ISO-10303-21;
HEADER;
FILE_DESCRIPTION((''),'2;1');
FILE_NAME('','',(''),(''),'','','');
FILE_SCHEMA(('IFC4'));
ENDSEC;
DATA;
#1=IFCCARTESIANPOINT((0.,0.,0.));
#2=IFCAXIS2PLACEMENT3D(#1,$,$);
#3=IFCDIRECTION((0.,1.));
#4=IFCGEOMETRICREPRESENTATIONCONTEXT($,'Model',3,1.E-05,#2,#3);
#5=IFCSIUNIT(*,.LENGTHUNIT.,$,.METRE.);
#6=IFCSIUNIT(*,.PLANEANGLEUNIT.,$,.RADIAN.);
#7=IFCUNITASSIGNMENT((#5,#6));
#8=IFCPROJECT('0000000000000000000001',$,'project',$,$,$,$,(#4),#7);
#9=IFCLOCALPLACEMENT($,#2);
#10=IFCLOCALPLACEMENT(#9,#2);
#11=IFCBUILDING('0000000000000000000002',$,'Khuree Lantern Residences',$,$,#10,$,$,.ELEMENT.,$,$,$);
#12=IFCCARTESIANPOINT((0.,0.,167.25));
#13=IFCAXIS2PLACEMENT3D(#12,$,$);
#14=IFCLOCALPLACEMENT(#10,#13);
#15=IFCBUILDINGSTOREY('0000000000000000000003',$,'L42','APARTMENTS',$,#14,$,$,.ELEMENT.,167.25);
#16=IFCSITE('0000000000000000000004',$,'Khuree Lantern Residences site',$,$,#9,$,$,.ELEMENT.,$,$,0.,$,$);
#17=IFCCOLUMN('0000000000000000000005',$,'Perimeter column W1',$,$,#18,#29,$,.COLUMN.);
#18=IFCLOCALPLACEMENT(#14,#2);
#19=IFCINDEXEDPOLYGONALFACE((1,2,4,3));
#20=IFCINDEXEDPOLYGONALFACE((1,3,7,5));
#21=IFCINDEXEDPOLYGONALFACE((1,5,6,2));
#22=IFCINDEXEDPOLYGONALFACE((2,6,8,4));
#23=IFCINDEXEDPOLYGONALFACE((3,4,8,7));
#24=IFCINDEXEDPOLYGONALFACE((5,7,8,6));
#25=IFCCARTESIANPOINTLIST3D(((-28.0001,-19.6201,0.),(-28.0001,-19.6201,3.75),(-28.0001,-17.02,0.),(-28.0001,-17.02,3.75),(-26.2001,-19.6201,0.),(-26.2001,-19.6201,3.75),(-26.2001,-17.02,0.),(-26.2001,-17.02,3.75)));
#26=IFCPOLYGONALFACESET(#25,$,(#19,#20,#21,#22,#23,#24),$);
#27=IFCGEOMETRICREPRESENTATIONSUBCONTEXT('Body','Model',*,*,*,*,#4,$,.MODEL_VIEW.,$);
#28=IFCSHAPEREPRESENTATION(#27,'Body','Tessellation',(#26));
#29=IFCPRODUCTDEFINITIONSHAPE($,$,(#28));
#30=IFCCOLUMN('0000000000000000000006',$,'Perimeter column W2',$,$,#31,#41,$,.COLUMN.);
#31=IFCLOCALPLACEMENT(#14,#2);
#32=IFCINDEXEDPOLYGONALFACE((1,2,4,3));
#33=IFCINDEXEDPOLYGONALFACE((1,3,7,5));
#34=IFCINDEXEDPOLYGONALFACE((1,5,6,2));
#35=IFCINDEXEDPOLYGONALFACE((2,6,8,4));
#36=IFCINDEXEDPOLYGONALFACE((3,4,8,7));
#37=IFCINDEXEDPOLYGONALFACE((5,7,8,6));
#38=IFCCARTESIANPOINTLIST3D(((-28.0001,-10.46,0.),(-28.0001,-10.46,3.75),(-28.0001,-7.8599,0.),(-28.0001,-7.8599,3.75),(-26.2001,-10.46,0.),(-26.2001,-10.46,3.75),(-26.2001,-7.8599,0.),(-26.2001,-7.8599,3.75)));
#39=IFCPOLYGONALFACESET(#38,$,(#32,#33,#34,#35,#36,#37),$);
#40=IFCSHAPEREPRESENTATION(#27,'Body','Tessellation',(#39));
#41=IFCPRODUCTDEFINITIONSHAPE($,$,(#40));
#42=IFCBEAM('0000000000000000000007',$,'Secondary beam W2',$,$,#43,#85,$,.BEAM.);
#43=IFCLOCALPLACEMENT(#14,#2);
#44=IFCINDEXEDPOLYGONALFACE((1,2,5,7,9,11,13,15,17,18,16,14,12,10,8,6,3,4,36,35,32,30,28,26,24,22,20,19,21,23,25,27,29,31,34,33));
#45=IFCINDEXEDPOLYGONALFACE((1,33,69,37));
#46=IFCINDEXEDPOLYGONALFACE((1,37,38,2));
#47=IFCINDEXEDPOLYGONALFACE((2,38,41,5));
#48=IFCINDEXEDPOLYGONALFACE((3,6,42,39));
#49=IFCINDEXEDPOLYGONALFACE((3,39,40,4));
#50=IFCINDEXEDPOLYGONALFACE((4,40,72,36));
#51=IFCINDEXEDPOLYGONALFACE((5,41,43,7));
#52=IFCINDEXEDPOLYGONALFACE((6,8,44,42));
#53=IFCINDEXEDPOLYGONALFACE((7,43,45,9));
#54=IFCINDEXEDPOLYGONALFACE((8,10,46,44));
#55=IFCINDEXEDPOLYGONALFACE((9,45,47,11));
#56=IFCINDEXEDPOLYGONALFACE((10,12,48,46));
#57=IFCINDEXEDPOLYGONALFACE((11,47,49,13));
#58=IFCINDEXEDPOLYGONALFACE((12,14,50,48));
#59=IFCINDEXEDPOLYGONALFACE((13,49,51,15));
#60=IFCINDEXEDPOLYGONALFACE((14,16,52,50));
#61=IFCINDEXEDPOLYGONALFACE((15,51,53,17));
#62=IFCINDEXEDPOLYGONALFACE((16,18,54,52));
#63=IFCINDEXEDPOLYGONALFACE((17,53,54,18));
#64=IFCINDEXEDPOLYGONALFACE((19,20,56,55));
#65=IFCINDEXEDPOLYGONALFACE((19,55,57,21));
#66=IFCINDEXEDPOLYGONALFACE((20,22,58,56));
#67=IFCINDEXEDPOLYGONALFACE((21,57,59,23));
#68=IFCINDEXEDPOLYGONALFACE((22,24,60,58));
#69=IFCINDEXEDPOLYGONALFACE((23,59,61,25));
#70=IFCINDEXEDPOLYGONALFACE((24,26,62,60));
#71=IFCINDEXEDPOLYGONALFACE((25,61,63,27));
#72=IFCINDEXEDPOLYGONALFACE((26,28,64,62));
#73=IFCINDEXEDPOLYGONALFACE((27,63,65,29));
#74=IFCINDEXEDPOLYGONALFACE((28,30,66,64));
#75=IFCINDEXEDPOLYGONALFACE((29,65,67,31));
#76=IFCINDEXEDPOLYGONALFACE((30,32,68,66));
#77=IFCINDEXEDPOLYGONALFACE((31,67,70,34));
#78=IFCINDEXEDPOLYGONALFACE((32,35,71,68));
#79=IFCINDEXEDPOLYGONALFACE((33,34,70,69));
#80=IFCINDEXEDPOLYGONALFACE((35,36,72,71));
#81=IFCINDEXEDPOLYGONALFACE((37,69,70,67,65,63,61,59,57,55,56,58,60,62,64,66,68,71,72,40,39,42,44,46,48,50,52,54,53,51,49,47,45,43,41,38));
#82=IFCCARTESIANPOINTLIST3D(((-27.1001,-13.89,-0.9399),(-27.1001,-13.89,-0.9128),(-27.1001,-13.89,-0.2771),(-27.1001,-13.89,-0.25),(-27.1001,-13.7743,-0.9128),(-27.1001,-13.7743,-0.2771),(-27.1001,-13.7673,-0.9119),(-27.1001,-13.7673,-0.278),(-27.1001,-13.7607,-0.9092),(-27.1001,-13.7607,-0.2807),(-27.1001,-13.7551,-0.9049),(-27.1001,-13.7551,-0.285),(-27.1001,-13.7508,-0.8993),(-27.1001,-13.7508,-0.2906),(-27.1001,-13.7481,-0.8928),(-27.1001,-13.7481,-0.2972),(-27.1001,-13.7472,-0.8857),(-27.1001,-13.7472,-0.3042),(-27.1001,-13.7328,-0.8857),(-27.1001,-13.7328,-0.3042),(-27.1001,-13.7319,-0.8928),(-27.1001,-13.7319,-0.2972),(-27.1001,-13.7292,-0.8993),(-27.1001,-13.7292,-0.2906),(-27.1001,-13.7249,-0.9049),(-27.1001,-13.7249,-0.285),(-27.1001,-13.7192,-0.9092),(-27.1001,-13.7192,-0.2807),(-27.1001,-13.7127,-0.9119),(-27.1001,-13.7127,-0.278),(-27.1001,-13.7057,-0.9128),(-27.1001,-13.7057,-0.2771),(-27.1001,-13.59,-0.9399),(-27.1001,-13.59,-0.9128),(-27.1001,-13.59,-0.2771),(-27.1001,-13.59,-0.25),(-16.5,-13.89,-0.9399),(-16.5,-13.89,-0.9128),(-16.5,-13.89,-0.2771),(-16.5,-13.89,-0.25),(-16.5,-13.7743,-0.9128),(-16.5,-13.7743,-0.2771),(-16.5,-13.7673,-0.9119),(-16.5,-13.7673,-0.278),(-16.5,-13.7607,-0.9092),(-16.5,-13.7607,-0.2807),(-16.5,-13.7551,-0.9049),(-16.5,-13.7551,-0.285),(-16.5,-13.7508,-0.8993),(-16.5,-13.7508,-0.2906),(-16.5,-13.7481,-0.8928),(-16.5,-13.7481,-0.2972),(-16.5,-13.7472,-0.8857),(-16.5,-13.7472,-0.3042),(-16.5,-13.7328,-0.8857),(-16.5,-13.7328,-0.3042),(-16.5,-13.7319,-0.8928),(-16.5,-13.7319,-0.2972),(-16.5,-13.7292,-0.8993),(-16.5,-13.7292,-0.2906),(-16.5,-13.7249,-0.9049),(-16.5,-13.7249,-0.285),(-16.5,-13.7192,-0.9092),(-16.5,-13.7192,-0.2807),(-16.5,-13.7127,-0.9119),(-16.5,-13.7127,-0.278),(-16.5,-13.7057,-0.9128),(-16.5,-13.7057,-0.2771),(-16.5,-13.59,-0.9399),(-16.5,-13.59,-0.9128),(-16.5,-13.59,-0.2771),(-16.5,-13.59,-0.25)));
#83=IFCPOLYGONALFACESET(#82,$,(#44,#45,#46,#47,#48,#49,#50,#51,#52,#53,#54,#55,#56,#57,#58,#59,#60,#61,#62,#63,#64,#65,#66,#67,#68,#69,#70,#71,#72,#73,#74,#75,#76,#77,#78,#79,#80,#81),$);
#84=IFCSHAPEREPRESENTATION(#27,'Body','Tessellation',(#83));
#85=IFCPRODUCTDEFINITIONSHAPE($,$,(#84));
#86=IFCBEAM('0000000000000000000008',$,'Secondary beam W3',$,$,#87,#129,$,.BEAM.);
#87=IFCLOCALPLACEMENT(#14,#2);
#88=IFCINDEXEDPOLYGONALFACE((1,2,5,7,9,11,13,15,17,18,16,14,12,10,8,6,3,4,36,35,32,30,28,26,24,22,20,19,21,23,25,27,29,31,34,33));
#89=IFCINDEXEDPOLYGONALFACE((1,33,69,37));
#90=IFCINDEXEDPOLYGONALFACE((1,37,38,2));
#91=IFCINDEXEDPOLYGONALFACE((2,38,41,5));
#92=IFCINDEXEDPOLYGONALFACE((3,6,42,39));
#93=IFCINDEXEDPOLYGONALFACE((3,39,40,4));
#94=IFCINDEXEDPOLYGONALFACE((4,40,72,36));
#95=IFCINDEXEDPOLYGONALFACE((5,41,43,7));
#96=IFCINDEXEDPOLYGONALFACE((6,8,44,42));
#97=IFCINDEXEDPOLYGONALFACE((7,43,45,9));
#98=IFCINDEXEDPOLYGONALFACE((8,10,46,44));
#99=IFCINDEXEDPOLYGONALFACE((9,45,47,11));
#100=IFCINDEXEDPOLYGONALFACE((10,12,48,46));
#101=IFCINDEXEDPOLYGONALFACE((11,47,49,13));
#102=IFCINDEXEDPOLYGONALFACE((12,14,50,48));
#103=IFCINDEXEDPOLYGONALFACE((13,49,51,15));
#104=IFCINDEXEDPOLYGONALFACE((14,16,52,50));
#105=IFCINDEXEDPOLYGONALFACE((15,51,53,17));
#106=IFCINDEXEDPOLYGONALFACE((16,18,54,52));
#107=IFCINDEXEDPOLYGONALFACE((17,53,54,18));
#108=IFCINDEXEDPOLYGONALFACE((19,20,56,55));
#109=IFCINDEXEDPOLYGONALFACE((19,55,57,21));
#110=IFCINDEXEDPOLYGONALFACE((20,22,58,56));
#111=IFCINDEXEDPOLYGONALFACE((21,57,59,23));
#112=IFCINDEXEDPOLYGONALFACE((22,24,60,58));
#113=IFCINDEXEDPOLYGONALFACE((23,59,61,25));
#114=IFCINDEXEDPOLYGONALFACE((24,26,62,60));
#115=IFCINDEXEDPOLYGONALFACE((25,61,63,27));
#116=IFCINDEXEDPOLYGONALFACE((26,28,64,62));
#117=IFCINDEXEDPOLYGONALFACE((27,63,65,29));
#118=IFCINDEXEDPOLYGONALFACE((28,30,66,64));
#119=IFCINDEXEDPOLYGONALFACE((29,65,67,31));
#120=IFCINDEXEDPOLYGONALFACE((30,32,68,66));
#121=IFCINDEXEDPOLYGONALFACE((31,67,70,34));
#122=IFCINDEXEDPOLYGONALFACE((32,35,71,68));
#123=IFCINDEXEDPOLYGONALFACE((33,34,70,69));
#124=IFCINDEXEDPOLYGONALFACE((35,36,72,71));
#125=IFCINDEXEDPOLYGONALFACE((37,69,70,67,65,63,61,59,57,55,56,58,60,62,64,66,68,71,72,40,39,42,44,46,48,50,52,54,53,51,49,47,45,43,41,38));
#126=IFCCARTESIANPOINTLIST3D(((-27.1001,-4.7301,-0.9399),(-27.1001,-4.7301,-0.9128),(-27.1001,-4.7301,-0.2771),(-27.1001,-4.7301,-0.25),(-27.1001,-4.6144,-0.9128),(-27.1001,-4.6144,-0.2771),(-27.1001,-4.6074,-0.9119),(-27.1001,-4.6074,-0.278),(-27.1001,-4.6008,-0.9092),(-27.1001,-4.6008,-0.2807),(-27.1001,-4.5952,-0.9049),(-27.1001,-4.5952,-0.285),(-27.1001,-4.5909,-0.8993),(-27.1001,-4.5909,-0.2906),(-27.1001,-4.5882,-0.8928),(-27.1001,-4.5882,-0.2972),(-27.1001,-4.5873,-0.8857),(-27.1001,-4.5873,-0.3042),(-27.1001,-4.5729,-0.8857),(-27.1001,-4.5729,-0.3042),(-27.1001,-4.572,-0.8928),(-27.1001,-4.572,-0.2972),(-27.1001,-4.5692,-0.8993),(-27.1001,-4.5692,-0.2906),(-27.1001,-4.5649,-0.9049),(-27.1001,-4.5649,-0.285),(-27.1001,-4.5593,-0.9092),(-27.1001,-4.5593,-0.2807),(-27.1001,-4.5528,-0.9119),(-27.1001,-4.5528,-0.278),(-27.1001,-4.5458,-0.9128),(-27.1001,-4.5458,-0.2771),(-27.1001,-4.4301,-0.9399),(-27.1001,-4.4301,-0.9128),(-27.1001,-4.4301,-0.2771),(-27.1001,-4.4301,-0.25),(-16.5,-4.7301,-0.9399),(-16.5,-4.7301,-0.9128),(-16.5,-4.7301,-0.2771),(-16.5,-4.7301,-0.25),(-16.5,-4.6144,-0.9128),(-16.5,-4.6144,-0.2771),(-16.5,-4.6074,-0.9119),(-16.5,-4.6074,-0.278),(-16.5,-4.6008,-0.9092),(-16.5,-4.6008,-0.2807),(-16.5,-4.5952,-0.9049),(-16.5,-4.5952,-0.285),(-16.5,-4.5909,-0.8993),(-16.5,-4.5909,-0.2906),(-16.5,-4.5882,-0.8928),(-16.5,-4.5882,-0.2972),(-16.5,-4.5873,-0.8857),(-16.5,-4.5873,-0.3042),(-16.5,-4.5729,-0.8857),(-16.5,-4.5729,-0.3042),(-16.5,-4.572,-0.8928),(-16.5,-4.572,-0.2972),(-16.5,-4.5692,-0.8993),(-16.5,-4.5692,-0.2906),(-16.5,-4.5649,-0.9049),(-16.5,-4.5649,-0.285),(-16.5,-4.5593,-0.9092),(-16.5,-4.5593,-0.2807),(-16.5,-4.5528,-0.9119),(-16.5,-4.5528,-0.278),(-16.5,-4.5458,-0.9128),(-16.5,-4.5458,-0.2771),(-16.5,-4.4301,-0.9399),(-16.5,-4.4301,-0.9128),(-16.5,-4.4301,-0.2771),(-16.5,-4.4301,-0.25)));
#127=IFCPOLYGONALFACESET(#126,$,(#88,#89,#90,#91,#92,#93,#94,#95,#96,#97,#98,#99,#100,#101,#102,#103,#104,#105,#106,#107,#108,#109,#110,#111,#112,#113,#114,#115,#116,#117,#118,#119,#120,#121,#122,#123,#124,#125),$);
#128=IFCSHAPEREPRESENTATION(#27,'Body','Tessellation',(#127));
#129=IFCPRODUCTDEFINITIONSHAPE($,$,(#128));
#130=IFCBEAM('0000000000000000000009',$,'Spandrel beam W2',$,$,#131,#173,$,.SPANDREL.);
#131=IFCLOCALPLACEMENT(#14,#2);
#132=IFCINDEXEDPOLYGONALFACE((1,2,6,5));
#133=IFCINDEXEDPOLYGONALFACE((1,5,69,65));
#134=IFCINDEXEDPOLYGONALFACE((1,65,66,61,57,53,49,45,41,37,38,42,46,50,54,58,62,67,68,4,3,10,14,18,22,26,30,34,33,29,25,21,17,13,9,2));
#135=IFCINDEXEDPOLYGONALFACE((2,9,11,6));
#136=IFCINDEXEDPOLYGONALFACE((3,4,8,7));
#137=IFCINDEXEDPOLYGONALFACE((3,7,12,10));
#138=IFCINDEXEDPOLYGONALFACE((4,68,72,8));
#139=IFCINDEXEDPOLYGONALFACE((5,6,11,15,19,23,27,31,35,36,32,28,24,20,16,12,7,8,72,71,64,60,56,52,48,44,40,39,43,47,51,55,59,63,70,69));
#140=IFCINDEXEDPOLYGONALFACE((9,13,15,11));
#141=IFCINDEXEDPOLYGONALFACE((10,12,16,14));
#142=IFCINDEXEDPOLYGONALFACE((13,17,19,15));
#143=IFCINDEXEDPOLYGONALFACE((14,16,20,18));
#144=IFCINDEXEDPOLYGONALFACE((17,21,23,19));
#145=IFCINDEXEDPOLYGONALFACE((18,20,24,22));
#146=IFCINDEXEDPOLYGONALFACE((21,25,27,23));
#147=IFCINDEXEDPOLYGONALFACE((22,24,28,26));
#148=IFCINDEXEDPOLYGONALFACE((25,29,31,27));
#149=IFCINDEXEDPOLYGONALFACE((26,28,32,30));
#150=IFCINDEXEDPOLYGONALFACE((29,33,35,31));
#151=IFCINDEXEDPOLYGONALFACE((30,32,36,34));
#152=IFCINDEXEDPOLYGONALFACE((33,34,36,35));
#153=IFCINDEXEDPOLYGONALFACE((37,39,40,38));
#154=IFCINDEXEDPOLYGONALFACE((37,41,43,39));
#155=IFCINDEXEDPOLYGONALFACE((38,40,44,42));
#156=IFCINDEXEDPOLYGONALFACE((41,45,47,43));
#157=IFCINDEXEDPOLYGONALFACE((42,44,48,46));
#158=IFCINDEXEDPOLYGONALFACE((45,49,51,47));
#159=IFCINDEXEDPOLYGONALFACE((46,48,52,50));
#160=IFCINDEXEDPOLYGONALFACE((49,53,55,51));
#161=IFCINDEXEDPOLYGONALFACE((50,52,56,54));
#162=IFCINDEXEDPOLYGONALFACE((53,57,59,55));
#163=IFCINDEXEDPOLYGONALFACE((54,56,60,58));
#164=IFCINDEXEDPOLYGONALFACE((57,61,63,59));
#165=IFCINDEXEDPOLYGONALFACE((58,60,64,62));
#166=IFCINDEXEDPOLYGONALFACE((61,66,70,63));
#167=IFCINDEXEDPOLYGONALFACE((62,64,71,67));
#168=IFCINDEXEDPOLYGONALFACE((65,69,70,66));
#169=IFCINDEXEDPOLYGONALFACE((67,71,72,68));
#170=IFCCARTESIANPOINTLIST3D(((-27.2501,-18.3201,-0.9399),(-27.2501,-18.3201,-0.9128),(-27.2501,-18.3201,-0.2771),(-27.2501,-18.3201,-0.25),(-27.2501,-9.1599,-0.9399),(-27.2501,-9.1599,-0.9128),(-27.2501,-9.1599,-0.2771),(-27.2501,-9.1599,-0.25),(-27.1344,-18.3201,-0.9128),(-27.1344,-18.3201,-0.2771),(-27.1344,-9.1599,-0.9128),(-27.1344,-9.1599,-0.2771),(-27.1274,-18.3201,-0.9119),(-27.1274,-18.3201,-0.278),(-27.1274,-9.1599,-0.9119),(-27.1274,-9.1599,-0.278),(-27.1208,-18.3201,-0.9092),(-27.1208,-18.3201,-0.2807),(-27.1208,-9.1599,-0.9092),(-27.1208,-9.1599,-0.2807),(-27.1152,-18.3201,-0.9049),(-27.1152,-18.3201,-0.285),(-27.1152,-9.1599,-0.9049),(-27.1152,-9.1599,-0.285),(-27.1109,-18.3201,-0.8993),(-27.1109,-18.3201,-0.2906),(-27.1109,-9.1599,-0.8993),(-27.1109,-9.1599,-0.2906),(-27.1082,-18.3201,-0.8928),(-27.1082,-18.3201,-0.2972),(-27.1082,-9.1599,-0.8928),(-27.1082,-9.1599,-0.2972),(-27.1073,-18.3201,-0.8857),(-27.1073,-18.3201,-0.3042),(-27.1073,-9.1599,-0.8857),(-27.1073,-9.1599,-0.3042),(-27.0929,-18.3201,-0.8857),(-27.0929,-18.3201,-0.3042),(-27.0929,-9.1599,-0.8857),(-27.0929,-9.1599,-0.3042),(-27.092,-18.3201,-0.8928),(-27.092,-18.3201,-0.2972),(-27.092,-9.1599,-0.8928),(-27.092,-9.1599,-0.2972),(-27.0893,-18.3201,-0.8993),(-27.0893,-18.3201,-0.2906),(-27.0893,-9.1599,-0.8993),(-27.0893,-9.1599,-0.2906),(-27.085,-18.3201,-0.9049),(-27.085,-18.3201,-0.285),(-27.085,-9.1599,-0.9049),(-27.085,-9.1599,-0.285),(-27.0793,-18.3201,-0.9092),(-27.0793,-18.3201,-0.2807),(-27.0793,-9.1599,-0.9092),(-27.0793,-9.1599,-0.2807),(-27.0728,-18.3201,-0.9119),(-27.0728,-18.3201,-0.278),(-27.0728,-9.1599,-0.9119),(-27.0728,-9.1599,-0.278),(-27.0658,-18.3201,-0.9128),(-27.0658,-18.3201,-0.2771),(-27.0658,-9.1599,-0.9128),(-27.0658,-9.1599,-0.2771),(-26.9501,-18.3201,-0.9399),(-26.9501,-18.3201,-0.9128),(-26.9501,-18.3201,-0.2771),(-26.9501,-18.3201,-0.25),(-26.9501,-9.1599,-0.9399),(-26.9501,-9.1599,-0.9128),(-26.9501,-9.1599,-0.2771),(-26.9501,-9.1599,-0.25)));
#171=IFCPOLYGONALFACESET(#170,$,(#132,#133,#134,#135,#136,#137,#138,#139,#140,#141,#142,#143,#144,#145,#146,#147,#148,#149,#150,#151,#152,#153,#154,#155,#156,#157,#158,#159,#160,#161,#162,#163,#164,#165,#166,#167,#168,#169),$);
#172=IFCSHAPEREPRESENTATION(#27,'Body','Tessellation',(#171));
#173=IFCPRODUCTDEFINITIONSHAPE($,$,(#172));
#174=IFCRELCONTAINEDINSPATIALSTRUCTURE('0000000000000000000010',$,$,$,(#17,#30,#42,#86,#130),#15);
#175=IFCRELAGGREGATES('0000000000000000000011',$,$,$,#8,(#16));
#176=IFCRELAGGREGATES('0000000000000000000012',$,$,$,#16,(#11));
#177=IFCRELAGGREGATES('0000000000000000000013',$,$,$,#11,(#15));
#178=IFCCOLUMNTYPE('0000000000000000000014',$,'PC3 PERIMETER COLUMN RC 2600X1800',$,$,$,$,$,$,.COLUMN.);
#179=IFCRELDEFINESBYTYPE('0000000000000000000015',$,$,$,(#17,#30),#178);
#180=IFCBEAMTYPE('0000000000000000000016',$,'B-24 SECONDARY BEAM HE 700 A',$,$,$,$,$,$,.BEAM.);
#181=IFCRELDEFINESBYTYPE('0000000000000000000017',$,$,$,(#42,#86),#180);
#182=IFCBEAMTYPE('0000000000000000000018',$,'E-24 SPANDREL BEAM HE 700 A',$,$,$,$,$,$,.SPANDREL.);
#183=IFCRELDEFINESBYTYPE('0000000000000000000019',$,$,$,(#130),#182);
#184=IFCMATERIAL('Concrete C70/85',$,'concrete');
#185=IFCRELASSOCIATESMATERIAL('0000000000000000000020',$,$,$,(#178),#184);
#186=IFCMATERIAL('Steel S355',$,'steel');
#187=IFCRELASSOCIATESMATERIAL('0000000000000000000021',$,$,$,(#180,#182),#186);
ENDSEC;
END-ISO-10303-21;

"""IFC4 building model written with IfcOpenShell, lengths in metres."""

from ifc_helpers import new_model, si_unit, direction, frame, origin, origin_2d, place, context, subcontext, project, spatial, rectangle, i_section, extrude, material, material_profile, profile_set, type_object, element, save


model = new_model("IFC4")

# Units and contexts
model_context = context("Model", 3, precision=1e-05, world=origin(), true_north=direction((0.0, 1.0)))
body_context = subcontext(model_context, "Body", "Model", "MODEL_VIEW")
ifc_project = project(units=[si_unit("LENGTHUNIT", "METRE"), si_unit("PLANEANGLEUNIT", "RADIAN")], contexts=[model_context])

# Site, building, storey
site_placement = place(None, origin())
site = spatial("IfcSite", under=ifc_project, at=site_placement, Name="Khuree Lantern Residences site", CompositionType="ELEMENT", RefElevation=0.0)
building_placement = place(site_placement, origin())
building = spatial("IfcBuilding", under=site, at=building_placement, Name="Khuree Lantern Residences", CompositionType="ELEMENT")
storey_placement = place(building_placement, frame((0.0, 0.0, 167.25)))
storey = spatial("IfcBuildingStorey", under=building, at=storey_placement, Name="L42", Description="APARTMENTS", CompositionType="ELEMENT", Elevation=167.25)

# Columns
ifc_material_1 = material(Name="Concrete C70/85", Category="concrete")
ifc_material_profile_1 = material_profile(ifc_material_1, rectangle(XDim=2.6001, YDim=1.8, at=origin_2d()), Name="RC 2600X1800")
ifc_profile_set_1 = profile_set([ifc_material_profile_1], Name="Concrete C70/85")
column_type = type_object("IfcColumnType", Name="PC3 PERIMETER COLUMN RC 2600X1800", PredefinedType="COLUMN", material=ifc_profile_set_1)
for number, where, z_axis, x_axis, name in (
    (1, (-27.1001, -18.3201, 0.0), (0.0, 0.0, 1.0), (0.0, 1.0, 0.0), "Perimeter column W1"),
    (2, (-27.1001, -9.1599, 0.0), (0.0, 0.0, 1.0), (0.0, 1.0, 0.0), "Perimeter column W2"),
):
    element("IfcColumn", number, at=place(storey_placement, frame(where, z_axis=z_axis, x_axis=x_axis)), inside=storey, type_object=column_type, Name=name, PredefinedType="COLUMN", context=body_context, shape_type="SweptSolid", body=[
        extrude(rectangle(XDim=2.6001, YDim=1.8, at=origin_2d()), origin(), (0.0, 0.0, 1.0), 3.75),
    ])

# Beams
ifc_material_2 = material(Name="Steel S355", Category="steel")
ifc_material_profile_2 = material_profile(ifc_material_2, i_section(OverallWidth=0.3, OverallDepth=0.6899, WebThickness=0.0144, FlangeThickness=0.0271, FilletRadius=0.0271, at=origin_2d()), Name="HE 700 A")
ifc_profile_set_2 = profile_set([ifc_material_profile_2], Name="Steel S355")
beam_type_1 = type_object("IfcBeamType", Name="B-24 SECONDARY BEAM HE 700 A", PredefinedType="BEAM", material=ifc_profile_set_2)
for number, where, z_axis, x_axis, name in (
    (3, (-27.1001, -13.74, -0.595), (1.0, 0.0, 0.0), (0.0, 1.0, 0.0), "Secondary beam W2"),
    (4, (-27.1001, -4.5801, -0.595), (1.0, 0.0, 0.0), (0.0, 1.0, 0.0), "Secondary beam W3"),
):
    element("IfcBeam", number, at=place(storey_placement, frame(where, z_axis=z_axis, x_axis=x_axis)), inside=storey, type_object=beam_type_1, Name=name, PredefinedType="BEAM", context=body_context, shape_type="SweptSolid", body=[
        extrude(i_section(OverallWidth=0.3, OverallDepth=0.6899, WebThickness=0.0144, FlangeThickness=0.0271, FilletRadius=0.0271, at=origin_2d()), origin(), (0.0, 0.0, 1.0), 10.6001),
    ])
ifc_material_profile_3 = material_profile(ifc_material_2, i_section(OverallWidth=0.3, OverallDepth=0.6899, WebThickness=0.0144, FlangeThickness=0.0271, FilletRadius=0.0271, at=origin_2d()), Name="HE 700 A")
ifc_profile_set_3 = profile_set([ifc_material_profile_3], Name="Steel S355")
beam_type_2 = type_object("IfcBeamType", Name="E-24 SPANDREL BEAM HE 700 A", PredefinedType="SPANDREL", material=ifc_profile_set_3)
beam_1_placement = place(storey_placement, frame((-27.1001, -18.3201, -0.595), z_axis=(0.0, 1.0, 0.0), x_axis=(-1.0, 0.0, 0.0)))
element("IfcBeam", 5, at=beam_1_placement, inside=storey, type_object=beam_type_2, Name="Spandrel beam W2", PredefinedType="SPANDREL", context=body_context, shape_type="SweptSolid", body=[
    extrude(i_section(OverallWidth=0.3, OverallDepth=0.6899, WebThickness=0.0144, FlangeThickness=0.0271, FilletRadius=0.0271, at=origin_2d()), origin(), (0.0, 0.0, 1.0), 9.1602),
])

save(model, "model.ifc")
